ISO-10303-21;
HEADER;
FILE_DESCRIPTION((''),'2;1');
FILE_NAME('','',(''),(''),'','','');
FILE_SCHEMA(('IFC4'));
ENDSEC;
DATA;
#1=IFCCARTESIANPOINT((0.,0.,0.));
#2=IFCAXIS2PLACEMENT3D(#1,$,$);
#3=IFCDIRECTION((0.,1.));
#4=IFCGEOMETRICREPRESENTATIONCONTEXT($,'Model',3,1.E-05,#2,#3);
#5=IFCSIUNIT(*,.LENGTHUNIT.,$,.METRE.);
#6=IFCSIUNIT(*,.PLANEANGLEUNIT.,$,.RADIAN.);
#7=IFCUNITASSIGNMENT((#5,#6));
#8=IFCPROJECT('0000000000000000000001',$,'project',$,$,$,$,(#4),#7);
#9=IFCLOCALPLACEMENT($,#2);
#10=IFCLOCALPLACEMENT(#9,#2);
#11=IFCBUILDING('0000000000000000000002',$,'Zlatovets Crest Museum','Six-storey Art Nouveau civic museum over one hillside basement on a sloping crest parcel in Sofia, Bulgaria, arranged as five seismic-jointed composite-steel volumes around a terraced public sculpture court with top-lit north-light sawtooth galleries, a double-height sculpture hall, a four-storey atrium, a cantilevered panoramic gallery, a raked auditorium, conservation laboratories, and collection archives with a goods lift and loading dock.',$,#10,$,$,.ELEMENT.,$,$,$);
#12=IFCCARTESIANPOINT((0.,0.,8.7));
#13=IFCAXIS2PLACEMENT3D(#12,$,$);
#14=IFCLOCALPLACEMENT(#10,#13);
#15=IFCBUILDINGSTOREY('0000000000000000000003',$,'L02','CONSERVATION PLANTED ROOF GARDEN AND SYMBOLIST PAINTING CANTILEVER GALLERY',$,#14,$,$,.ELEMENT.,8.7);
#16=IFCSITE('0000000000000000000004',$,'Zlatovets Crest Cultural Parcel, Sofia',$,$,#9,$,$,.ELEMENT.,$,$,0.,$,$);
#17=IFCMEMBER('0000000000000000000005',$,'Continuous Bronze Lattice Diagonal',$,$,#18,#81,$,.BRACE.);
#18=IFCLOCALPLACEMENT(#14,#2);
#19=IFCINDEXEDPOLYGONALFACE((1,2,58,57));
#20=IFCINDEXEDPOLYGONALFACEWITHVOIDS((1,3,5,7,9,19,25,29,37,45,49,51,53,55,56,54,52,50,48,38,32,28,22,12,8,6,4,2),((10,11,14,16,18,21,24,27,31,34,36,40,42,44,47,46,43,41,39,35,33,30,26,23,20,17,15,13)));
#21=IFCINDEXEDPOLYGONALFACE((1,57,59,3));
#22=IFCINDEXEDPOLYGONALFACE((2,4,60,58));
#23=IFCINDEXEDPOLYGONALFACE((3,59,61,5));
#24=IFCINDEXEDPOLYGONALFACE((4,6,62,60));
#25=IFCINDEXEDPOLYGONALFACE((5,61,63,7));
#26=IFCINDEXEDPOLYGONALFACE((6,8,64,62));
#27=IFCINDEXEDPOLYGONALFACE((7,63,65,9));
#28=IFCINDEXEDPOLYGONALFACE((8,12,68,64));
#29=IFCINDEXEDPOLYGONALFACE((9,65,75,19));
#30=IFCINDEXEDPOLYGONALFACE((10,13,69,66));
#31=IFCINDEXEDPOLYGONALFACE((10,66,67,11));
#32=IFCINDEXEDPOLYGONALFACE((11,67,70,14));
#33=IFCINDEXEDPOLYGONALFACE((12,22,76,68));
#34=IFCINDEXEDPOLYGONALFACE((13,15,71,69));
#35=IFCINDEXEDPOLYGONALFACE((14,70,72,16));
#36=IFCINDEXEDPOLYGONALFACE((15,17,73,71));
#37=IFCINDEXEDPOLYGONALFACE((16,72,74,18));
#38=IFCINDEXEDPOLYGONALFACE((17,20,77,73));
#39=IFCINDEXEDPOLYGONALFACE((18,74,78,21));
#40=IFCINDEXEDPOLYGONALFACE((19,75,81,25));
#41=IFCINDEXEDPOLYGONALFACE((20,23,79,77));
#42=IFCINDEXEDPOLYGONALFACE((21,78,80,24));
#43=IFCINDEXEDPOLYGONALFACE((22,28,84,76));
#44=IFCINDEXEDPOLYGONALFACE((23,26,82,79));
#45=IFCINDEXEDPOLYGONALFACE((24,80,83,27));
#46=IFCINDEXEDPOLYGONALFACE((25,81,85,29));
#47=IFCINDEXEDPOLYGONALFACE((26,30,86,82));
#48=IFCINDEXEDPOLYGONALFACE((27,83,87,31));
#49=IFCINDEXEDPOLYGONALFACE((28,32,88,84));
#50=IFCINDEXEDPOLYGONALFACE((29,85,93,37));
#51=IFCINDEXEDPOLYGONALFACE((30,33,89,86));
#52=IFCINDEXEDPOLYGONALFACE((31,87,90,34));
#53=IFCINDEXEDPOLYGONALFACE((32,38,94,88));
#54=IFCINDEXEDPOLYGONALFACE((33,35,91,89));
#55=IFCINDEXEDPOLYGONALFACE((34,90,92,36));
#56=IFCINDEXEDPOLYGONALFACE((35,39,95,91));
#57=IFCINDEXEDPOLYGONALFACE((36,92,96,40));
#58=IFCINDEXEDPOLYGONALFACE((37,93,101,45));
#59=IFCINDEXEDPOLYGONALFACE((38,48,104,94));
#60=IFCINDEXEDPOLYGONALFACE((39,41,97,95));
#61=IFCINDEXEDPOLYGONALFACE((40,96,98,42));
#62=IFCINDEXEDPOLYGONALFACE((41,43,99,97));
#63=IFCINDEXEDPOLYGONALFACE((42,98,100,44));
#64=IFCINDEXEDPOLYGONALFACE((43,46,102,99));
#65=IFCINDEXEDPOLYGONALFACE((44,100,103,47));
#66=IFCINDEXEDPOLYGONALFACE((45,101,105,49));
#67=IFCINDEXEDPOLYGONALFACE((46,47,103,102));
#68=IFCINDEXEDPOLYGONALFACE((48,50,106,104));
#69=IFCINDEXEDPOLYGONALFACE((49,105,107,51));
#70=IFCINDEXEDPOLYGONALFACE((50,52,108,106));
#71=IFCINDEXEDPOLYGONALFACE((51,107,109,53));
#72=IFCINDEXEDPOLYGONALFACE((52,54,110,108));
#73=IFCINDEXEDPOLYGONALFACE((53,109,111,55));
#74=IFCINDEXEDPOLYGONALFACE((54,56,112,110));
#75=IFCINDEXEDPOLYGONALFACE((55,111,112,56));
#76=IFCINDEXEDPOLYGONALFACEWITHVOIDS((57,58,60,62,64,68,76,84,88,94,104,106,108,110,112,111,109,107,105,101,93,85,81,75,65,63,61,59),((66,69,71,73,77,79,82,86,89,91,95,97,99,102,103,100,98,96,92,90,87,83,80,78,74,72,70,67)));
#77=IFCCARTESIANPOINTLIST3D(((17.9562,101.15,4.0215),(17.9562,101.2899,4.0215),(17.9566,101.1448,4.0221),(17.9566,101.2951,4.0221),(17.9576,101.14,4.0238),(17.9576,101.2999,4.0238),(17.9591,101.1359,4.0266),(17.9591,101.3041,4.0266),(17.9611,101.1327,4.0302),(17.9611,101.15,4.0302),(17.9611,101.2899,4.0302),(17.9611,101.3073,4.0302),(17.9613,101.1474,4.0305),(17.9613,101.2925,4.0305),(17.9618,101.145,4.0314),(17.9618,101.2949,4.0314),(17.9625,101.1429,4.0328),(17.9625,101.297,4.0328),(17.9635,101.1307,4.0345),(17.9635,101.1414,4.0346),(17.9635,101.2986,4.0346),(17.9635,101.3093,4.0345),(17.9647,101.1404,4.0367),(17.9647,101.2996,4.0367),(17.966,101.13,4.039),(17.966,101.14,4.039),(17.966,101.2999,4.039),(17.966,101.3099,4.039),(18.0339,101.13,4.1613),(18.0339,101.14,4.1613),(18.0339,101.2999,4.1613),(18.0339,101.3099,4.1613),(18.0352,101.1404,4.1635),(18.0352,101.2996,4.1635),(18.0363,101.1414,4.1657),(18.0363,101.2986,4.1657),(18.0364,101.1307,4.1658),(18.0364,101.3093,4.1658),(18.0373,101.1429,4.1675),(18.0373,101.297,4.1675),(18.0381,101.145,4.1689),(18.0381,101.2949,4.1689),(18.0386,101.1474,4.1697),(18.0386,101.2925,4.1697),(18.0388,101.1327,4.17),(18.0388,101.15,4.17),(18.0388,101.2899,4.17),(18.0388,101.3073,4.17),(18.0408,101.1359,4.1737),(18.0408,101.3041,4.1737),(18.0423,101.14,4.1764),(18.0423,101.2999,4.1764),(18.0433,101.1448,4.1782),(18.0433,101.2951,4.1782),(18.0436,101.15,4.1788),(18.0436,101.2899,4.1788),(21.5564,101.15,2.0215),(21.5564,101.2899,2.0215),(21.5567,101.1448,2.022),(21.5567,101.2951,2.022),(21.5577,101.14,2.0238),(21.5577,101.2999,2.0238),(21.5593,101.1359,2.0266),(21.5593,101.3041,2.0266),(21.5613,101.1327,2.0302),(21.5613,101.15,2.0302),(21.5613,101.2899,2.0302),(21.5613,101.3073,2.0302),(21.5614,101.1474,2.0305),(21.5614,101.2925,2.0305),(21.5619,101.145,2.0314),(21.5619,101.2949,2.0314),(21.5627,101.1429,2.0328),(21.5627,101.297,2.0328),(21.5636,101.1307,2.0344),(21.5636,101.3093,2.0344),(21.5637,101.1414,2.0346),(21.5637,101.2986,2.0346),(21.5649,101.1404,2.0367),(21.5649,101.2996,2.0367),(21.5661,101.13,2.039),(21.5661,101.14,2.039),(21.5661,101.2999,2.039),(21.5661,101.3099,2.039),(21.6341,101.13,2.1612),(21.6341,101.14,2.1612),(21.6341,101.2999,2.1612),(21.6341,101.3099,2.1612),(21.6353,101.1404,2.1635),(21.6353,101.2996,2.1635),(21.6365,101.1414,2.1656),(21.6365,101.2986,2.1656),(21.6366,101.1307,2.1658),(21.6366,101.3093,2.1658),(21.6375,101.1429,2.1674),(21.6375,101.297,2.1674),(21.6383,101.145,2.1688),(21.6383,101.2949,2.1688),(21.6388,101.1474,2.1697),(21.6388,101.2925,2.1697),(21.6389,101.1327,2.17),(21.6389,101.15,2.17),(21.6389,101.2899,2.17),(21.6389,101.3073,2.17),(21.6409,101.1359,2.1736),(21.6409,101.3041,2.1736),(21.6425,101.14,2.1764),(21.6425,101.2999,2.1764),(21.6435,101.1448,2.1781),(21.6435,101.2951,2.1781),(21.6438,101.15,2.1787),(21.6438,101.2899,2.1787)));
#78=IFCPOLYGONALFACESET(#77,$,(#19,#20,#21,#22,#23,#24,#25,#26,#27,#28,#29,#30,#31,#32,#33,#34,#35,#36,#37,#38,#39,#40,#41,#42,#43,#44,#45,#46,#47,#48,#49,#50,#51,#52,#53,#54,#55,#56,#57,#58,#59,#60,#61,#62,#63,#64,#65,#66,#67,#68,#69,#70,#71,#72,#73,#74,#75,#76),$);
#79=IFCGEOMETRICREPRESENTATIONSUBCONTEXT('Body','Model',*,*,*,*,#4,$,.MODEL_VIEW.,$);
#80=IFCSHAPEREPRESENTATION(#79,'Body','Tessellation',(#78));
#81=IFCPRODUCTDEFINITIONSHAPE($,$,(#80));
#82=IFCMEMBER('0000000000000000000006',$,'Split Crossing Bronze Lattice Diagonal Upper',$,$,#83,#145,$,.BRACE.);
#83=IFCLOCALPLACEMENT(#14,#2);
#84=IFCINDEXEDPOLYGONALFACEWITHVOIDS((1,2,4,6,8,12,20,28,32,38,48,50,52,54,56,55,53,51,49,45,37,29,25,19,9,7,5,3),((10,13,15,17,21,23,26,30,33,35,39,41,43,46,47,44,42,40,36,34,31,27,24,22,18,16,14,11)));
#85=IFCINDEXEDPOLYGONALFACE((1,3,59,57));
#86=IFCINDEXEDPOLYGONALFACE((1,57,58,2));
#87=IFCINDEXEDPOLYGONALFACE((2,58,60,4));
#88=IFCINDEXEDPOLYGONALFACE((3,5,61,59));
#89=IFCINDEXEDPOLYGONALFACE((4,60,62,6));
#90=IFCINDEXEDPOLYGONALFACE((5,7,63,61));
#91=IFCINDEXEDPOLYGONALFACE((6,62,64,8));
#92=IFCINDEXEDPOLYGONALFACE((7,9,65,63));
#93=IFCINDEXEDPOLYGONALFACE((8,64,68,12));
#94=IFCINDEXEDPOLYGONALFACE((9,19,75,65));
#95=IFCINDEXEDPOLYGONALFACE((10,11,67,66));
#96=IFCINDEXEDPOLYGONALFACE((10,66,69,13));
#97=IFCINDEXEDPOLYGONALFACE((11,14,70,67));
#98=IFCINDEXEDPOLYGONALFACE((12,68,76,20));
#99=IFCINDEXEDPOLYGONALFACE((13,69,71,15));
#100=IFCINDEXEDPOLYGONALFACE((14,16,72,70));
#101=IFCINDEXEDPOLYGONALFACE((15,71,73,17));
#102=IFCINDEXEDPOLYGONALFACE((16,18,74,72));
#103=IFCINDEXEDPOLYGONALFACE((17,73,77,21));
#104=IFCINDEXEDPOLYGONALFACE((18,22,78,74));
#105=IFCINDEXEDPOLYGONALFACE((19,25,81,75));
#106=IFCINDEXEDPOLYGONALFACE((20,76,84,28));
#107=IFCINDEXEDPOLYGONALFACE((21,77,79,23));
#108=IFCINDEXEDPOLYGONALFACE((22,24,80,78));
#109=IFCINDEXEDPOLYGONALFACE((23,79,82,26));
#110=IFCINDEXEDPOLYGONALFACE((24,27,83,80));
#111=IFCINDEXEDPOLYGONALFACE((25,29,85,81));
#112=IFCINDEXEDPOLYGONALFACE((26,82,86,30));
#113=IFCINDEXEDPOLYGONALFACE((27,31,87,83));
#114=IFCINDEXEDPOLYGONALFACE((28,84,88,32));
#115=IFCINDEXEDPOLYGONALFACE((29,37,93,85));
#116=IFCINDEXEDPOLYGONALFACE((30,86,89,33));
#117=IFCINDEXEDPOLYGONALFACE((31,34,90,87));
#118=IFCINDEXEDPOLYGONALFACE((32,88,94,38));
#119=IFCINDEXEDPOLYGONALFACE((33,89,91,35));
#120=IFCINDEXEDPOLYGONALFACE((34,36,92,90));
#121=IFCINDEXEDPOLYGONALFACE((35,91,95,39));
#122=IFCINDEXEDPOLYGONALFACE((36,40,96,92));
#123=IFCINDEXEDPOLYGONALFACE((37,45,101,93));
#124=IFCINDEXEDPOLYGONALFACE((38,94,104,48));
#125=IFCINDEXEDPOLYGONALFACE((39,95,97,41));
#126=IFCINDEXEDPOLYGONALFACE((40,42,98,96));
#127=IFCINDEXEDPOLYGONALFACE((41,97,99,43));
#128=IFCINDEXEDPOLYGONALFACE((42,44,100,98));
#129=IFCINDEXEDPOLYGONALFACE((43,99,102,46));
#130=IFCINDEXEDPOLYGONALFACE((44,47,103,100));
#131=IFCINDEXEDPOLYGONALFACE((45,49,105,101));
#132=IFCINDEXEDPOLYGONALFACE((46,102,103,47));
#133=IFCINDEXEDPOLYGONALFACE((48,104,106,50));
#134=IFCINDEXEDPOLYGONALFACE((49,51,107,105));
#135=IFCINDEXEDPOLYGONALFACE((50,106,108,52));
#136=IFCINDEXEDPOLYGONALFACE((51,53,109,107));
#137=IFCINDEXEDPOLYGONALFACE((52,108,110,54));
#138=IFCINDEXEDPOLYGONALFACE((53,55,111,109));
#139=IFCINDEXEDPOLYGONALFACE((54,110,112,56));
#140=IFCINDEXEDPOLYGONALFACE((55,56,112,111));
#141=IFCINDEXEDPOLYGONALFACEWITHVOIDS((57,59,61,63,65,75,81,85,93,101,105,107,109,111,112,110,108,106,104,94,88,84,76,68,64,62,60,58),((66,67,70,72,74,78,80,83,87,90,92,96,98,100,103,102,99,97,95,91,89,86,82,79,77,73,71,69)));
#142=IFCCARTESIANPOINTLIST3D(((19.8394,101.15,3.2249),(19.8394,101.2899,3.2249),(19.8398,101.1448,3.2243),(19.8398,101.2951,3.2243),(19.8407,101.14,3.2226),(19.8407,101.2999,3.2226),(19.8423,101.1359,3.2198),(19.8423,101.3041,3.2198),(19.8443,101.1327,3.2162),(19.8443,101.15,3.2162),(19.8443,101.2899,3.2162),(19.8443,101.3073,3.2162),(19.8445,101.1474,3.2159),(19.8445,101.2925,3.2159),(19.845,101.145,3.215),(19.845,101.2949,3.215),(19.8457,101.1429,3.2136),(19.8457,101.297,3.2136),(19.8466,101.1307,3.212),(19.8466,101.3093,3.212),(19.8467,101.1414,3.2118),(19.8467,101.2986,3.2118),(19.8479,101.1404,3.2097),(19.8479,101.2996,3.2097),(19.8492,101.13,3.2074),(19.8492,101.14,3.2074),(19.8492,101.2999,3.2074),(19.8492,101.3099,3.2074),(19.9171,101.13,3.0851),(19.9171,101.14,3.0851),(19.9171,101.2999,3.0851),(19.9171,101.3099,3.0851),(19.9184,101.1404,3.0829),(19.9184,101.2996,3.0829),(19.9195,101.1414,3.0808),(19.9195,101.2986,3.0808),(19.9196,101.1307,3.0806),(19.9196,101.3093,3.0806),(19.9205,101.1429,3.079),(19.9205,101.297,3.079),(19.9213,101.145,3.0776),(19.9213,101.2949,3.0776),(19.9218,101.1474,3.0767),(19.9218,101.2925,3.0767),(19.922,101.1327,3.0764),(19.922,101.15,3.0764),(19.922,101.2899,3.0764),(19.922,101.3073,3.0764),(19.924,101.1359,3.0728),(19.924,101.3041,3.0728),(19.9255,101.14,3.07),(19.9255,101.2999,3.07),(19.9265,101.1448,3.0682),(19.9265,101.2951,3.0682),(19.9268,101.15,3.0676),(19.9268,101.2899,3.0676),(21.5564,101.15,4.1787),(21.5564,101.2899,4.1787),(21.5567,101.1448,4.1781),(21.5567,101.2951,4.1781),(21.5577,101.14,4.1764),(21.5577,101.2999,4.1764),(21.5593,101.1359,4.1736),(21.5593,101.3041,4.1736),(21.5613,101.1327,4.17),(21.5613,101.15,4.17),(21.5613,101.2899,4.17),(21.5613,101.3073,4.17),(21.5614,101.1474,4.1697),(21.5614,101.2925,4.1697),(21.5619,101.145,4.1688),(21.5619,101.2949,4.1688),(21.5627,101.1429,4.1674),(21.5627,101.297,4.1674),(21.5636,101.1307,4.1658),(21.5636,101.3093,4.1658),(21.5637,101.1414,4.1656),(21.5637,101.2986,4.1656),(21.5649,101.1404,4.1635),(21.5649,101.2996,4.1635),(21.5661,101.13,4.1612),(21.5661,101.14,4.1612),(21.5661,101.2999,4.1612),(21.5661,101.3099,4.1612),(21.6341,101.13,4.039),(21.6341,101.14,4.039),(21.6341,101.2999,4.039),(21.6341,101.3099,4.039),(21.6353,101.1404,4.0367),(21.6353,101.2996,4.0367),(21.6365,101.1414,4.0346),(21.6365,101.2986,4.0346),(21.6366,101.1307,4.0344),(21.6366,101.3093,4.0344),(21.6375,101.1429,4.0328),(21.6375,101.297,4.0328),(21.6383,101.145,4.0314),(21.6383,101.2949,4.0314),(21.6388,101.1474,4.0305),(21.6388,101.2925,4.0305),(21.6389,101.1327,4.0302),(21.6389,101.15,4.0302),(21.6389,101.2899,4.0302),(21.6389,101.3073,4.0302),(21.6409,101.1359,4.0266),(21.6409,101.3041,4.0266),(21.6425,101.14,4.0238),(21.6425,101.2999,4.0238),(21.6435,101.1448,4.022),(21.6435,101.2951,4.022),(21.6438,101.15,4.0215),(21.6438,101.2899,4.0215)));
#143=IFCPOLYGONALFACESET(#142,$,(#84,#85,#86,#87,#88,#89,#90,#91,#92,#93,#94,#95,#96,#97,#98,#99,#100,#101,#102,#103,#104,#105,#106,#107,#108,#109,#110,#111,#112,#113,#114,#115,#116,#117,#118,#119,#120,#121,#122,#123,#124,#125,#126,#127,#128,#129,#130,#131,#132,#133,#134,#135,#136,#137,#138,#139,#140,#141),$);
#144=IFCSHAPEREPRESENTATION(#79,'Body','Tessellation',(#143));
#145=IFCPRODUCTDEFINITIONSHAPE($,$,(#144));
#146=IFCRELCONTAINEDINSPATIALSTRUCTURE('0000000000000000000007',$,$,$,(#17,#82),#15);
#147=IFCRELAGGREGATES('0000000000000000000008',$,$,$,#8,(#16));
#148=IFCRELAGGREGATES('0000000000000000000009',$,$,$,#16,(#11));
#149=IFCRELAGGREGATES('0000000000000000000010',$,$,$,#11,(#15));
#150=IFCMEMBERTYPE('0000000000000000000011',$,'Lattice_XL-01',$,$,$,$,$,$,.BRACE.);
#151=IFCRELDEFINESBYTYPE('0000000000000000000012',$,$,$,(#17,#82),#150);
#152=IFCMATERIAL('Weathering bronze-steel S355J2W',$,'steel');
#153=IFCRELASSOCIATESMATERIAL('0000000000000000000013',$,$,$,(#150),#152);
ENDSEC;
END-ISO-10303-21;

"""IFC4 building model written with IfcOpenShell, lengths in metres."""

from ifc_helpers import new_model, si_unit, direction, frame, origin, origin_2d, place, context, subcontext, project, spatial, hollow_rectangle, extrude, material, material_profile, profile_set, type_object, element, save


model = new_model("IFC4")

# Units and contexts
model_context = context("Model", 3, precision=1e-05, world=origin(), true_north=direction((0.0, 1.0)))
body_context = subcontext(model_context, "Body", "Model", "MODEL_VIEW")
ifc_project = project(units=[si_unit("LENGTHUNIT", "METRE"), si_unit("PLANEANGLEUNIT", "RADIAN")], contexts=[model_context])

# Site, building, storey
site_placement = place(None, origin())
site = spatial("IfcSite", under=ifc_project, at=site_placement, Name="Zlatovets Crest Cultural Parcel, Sofia", CompositionType="ELEMENT", RefElevation=0.0)
building_placement = place(site_placement, origin())
building = spatial("IfcBuilding", under=site, at=building_placement, Name="Zlatovets Crest Museum", Description="Six-storey Art Nouveau civic museum over one hillside basement on a sloping crest parcel in Sofia, Bulgaria, arranged as five seismic-jointed composite-steel volumes around a terraced public sculpture court with top-lit north-light sawtooth galleries, a double-height sculpture hall, a four-storey atrium, a cantilevered panoramic gallery, a raked auditorium, conservation laboratories, and collection archives with a goods lift and loading dock.", CompositionType="ELEMENT")
storey_placement = place(building_placement, frame((0.0, 0.0, 8.7)))
storey = spatial("IfcBuildingStorey", under=building, at=storey_placement, Name="L02", Description="CONSERVATION PLANTED ROOF GARDEN AND SYMBOLIST PAINTING CANTILEVER GALLERY", CompositionType="ELEMENT", Elevation=8.7)

# Members
ifc_material_1 = material(Name="Weathering bronze-steel S355J2W", Category="steel")
ifc_material_profile_1 = material_profile(ifc_material_1, hollow_rectangle(XDim=0.1799, YDim=0.1799, WallThickness=0.01, InnerFilletRadius=0.01, OuterFilletRadius=0.02, at=origin_2d()), Name="SHS 180x180x10.0")
ifc_profile_set_1 = profile_set([ifc_material_profile_1], Name="Weathering bronze-steel S355J2W")
member_type_1 = type_object("IfcMemberType", Name="Lattice_XL-01", PredefinedType="BRACE", material=ifc_profile_set_1)
member_1_placement = place(storey_placement, frame((21.6001, 101.22, 2.1001), z_axis=(-0.874163, 0.0, 0.485633), x_axis=(0.0, -1.0, 0.0)))
element("IfcMember", 1, at=member_1_placement, inside=storey, type_object=member_type_1, Name="Continuous Bronze Lattice Diagonal", PredefinedType="BRACE", context=body_context, shape_type="SweptSolid", body=[
    extrude(hollow_rectangle(XDim=0.1799, YDim=0.1799, WallThickness=0.01, InnerFilletRadius=0.01, OuterFilletRadius=0.02, at=origin_2d()), origin(), (0.0, 0.0, 1.0), 4.1184),
])
member_2_placement = place(storey_placement, frame((21.6001, 101.22, 4.1001), z_axis=(-0.874169, 0.0, -0.485622), x_axis=(0.0, -1.0, 0.0)))
element("IfcMember", 2, at=member_2_placement, inside=storey, type_object=member_type_1, Name="Split Crossing Bronze Lattice Diagonal Upper", PredefinedType="BRACE", context=body_context, shape_type="SweptSolid", body=[
    extrude(hollow_rectangle(XDim=0.1799, YDim=0.1799, WallThickness=0.01, InnerFilletRadius=0.01, OuterFilletRadius=0.02, at=origin_2d()), origin(), (0.0, 0.0, 1.0), 1.9641),
])

save(model, "model.ifc")
